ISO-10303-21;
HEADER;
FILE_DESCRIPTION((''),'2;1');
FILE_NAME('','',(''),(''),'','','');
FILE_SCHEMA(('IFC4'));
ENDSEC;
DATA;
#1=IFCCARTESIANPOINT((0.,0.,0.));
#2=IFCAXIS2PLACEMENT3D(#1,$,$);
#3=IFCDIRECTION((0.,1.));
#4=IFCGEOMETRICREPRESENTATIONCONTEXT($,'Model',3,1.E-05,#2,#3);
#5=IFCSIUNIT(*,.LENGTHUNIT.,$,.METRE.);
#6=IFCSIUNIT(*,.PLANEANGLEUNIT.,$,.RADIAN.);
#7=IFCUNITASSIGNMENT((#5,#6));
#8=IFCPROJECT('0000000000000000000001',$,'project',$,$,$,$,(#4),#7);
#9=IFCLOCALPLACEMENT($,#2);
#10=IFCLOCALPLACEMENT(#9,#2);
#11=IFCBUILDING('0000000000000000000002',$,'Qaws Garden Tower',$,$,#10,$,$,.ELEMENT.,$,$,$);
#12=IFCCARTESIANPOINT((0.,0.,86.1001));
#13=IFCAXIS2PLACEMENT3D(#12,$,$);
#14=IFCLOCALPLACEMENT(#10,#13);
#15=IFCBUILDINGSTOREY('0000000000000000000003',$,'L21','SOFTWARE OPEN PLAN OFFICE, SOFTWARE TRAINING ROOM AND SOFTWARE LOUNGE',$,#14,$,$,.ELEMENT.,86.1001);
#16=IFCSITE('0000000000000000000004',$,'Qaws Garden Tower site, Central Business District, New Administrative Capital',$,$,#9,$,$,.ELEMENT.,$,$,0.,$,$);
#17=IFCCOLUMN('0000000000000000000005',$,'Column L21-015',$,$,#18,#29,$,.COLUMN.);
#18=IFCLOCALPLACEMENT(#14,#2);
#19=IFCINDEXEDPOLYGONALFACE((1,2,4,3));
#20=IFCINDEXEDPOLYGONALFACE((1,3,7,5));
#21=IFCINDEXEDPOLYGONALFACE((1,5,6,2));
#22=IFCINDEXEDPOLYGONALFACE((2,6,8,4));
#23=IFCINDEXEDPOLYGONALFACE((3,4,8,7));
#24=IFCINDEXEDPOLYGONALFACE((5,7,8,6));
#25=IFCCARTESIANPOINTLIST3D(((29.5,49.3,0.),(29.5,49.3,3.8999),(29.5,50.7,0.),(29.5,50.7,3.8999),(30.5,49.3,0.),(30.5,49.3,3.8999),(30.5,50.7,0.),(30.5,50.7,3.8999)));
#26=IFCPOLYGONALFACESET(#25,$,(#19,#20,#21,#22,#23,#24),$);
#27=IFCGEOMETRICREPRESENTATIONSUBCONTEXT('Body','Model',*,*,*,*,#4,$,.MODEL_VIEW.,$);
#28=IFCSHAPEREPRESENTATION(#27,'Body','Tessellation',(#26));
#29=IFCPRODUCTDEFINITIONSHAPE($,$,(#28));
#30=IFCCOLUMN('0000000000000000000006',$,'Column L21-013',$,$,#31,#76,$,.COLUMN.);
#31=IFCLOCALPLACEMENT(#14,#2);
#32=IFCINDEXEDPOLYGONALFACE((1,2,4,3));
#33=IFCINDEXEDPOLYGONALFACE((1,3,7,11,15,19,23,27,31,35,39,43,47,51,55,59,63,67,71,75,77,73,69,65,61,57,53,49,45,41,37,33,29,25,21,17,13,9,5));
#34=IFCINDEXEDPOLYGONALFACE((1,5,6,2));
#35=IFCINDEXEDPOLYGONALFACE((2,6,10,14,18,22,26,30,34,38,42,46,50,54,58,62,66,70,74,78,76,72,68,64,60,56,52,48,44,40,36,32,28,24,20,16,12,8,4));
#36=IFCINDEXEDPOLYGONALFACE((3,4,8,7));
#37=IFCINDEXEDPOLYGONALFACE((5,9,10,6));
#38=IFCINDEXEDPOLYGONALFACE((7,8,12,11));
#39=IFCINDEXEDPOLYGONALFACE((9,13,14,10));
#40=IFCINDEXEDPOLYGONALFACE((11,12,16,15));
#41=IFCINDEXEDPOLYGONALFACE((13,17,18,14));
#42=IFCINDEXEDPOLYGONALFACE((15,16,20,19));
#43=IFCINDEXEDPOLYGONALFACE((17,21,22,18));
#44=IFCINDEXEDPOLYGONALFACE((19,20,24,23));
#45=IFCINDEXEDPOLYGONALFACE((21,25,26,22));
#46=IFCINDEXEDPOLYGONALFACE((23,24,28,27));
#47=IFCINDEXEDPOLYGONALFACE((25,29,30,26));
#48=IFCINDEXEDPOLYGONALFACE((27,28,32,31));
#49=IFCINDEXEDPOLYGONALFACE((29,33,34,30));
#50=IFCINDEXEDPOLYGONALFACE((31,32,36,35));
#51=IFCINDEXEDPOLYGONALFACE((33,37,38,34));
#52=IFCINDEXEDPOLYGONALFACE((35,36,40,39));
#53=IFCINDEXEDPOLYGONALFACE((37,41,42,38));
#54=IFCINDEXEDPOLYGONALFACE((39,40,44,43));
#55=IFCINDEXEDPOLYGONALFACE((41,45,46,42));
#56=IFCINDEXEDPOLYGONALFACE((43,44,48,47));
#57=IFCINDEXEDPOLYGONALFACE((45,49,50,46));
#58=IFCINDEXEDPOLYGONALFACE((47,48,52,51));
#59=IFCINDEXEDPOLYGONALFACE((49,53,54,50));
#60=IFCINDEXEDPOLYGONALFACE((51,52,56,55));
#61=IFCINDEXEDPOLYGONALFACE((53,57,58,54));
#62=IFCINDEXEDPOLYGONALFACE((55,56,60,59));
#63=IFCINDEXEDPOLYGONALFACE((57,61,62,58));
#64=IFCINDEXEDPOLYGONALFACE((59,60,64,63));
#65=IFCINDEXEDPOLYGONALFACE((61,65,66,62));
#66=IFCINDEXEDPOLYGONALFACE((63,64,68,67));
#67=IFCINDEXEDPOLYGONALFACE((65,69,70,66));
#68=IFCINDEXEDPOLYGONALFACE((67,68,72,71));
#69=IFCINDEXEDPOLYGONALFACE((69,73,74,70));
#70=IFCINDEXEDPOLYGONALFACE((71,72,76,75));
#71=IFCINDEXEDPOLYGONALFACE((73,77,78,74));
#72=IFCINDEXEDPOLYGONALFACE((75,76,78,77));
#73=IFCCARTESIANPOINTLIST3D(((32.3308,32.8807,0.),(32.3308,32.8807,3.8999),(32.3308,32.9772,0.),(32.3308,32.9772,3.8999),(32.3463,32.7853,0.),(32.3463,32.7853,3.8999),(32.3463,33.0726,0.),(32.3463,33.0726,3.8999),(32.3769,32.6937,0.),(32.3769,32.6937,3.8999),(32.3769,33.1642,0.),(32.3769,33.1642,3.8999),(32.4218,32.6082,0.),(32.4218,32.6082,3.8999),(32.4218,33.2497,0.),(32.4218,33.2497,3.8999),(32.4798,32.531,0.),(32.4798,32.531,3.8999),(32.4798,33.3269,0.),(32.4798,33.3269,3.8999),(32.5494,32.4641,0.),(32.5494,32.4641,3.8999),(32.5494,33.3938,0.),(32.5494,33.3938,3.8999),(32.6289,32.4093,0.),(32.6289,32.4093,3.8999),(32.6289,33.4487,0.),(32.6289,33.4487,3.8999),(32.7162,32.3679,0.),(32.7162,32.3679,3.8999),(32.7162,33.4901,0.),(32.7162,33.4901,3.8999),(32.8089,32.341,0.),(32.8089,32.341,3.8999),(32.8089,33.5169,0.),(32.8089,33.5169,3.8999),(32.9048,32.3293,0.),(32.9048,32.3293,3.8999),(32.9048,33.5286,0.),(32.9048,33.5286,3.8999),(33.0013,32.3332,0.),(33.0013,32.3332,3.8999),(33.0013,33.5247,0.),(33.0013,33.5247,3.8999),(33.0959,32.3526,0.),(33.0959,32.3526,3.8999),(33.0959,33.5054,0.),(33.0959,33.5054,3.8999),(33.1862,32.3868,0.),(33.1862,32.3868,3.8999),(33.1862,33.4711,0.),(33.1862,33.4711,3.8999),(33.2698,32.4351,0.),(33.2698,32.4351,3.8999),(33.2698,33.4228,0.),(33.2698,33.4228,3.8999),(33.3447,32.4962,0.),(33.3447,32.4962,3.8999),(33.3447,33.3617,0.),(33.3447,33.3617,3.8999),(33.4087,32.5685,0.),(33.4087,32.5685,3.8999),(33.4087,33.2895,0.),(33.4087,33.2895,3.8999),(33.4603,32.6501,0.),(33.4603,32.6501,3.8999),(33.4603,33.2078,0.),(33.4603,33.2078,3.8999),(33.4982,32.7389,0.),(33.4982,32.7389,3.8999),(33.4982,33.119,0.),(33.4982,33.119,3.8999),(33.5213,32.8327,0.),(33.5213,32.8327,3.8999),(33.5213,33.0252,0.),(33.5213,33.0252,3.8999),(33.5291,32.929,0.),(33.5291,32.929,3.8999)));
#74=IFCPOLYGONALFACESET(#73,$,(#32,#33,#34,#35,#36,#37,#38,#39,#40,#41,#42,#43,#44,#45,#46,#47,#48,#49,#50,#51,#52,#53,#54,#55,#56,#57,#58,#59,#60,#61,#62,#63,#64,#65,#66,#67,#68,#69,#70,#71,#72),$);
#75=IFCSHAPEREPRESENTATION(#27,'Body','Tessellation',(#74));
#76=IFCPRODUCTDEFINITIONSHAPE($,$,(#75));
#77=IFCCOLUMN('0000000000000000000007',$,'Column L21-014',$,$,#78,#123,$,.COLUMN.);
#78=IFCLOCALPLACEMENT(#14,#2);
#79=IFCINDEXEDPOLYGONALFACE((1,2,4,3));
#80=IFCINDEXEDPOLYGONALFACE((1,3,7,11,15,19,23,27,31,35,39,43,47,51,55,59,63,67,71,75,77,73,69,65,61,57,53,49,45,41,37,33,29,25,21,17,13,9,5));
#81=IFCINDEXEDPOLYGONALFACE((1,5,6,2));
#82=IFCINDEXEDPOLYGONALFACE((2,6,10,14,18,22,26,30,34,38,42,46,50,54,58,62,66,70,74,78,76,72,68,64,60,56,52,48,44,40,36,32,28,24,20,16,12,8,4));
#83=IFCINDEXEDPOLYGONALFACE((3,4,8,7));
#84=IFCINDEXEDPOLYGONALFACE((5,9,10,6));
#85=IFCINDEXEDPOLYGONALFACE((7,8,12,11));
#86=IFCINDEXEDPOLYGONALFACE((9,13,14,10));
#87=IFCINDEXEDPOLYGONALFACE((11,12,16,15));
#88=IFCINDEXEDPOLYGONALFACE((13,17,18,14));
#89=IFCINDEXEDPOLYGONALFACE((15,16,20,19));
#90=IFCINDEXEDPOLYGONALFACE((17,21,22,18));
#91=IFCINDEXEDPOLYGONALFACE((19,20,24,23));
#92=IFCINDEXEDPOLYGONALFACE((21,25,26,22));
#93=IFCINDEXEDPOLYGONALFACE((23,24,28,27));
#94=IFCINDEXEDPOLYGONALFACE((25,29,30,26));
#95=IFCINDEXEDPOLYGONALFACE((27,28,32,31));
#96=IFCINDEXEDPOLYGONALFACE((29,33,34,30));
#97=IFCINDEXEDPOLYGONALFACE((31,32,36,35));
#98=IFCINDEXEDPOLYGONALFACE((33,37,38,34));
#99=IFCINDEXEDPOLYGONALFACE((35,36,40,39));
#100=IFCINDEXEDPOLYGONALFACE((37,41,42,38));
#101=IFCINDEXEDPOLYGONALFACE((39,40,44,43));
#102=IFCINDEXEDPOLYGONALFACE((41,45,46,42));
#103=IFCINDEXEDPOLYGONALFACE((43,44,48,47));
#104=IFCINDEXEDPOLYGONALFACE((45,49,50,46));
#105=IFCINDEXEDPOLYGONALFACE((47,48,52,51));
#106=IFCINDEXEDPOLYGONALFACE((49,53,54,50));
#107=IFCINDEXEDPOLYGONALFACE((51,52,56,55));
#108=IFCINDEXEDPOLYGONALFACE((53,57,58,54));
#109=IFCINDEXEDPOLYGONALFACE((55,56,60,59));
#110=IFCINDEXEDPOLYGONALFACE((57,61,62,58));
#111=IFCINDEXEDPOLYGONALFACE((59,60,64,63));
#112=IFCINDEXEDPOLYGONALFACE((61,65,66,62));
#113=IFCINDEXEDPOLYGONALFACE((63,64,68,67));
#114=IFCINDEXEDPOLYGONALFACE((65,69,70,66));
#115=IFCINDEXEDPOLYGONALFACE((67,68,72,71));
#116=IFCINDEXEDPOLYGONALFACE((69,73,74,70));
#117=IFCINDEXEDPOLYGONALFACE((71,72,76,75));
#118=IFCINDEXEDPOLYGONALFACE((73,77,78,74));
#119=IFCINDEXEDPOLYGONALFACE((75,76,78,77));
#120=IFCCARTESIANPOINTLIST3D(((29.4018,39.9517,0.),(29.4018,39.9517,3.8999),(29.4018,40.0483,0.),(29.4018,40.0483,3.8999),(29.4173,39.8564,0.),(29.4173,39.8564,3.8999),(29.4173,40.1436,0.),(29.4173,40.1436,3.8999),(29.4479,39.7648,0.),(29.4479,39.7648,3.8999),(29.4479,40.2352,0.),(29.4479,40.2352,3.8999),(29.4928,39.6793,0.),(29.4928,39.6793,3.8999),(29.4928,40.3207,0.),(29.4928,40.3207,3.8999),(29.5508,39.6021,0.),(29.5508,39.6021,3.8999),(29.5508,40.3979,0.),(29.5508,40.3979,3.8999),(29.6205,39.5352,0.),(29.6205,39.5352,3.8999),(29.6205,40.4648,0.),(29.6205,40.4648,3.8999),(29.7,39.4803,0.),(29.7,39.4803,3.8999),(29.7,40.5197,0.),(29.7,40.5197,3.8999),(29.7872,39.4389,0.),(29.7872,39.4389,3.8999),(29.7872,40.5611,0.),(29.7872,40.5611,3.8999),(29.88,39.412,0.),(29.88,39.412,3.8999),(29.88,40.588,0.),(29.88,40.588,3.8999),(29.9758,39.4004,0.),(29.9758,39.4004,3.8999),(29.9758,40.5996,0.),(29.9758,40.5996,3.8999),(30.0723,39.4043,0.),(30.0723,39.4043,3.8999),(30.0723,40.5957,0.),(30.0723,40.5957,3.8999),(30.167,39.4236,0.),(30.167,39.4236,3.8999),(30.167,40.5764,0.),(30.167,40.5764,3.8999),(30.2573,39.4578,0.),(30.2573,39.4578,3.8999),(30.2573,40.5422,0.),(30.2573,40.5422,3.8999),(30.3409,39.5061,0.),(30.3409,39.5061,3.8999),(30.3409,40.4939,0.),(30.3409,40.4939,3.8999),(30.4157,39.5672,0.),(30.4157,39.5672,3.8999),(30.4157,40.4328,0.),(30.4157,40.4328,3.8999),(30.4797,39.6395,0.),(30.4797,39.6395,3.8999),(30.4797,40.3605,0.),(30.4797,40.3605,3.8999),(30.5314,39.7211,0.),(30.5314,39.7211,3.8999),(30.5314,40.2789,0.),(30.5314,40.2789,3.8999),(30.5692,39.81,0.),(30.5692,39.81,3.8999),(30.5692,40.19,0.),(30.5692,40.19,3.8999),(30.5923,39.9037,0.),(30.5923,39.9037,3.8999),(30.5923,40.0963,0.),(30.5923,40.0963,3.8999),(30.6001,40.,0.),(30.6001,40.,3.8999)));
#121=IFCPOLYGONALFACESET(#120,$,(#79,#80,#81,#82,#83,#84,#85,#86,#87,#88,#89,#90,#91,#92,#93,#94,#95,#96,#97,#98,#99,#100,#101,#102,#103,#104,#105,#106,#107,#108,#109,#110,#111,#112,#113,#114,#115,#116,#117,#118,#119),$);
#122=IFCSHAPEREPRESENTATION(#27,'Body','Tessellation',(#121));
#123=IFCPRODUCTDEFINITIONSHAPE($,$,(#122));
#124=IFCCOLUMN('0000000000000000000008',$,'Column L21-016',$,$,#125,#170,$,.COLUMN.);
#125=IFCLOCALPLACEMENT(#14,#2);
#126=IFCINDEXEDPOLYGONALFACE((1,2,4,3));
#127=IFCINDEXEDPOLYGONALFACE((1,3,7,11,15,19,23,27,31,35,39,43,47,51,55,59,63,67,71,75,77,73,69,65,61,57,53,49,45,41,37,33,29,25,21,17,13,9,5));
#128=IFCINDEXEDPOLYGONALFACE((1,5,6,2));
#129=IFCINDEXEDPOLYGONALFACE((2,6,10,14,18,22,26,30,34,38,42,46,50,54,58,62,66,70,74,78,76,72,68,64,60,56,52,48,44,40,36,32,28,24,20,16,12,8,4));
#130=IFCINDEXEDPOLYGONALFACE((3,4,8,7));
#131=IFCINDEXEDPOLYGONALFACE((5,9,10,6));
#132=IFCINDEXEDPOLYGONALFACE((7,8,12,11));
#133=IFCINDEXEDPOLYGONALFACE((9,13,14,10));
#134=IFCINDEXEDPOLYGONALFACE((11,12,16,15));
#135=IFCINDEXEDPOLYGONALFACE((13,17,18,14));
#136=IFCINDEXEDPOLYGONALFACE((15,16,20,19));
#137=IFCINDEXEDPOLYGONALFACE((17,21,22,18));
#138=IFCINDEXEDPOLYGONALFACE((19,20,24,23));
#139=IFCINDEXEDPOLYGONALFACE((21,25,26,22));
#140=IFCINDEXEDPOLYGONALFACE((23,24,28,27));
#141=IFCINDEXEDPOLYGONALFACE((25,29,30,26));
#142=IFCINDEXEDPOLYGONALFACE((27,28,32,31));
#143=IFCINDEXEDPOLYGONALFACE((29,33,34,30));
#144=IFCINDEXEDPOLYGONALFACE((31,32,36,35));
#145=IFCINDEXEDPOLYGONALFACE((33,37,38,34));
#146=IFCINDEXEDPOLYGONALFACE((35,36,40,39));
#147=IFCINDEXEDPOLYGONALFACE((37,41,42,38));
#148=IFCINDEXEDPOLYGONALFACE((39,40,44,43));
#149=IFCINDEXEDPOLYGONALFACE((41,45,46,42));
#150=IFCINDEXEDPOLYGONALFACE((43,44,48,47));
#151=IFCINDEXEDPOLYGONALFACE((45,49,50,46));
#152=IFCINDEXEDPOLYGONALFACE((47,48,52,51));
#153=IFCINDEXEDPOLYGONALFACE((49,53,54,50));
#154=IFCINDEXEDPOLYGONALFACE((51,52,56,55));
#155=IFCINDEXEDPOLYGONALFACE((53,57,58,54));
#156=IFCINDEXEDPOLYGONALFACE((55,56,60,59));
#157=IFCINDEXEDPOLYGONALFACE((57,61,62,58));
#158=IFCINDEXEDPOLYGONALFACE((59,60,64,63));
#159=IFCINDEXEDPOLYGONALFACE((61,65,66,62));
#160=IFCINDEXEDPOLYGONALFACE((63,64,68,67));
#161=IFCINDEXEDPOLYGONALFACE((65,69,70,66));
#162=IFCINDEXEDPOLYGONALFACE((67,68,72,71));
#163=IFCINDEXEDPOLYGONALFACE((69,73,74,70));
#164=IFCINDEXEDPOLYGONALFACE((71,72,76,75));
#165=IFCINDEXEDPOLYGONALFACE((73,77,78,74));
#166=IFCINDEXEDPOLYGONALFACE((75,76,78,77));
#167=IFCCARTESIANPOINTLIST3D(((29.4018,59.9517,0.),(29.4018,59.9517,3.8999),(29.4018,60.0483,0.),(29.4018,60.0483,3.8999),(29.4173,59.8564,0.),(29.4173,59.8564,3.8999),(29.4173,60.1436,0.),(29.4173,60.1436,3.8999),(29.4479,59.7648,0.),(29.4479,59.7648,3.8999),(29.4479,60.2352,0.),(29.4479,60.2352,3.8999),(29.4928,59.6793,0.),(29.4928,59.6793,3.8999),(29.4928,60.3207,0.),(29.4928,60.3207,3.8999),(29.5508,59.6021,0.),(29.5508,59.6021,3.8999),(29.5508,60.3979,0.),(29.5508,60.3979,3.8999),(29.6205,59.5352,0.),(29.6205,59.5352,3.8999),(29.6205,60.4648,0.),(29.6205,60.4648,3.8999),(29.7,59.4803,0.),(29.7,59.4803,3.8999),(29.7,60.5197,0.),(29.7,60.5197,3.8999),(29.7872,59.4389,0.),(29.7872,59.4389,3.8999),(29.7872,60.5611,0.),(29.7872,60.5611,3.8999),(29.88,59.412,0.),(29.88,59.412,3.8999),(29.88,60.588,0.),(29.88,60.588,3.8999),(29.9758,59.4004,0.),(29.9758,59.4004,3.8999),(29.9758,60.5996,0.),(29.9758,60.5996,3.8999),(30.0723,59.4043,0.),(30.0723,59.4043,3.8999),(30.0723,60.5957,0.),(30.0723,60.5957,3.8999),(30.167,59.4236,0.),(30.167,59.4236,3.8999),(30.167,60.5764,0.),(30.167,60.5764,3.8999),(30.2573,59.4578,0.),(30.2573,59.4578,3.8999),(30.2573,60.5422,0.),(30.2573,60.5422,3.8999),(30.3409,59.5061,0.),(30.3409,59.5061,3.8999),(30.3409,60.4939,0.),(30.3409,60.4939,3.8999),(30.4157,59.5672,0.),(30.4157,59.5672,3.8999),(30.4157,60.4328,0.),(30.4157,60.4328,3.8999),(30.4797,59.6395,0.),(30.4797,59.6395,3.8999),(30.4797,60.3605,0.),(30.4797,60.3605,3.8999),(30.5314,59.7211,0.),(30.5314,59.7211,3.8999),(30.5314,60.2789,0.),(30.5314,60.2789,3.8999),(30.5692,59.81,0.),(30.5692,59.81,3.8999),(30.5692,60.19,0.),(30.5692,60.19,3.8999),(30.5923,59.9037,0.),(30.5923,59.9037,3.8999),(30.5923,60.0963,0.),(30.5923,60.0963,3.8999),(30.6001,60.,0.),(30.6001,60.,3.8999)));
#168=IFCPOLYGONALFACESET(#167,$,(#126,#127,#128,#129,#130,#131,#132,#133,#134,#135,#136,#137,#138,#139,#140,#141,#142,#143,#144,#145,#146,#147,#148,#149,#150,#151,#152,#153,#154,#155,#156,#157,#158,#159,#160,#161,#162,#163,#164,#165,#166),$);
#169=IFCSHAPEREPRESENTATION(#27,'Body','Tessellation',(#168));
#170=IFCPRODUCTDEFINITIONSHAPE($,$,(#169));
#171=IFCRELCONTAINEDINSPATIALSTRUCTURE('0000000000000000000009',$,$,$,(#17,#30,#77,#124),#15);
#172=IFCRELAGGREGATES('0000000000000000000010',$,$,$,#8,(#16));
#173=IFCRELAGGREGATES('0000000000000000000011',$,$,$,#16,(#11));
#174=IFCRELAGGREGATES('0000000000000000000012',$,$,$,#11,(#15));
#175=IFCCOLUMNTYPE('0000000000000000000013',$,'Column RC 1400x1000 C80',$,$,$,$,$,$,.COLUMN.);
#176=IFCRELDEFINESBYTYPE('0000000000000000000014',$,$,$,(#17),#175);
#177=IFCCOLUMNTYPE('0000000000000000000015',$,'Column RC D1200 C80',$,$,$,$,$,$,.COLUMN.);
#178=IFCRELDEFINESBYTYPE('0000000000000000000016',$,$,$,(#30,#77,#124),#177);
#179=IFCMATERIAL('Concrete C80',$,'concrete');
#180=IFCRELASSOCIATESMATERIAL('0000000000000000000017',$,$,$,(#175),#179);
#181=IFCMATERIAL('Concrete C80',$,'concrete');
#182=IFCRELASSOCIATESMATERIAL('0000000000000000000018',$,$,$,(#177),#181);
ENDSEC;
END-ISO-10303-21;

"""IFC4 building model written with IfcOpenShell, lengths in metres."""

from ifc_helpers import new_model, si_unit, direction, frame, origin, origin_2d, place, context, subcontext, project, spatial, rectangle, circle, extrude, material, material_profile, profile_set, type_object, element, save


model = new_model("IFC4")

# Units and contexts
model_context = context("Model", 3, precision=1e-05, world=origin(), true_north=direction((0.0, 1.0)))
body_context = subcontext(model_context, "Body", "Model", "MODEL_VIEW")
ifc_project = project(units=[si_unit("LENGTHUNIT", "METRE"), si_unit("PLANEANGLEUNIT", "RADIAN")], contexts=[model_context])

# Site, building, storey
site_placement = place(None, origin())
site = spatial("IfcSite", under=ifc_project, at=site_placement, Name="Qaws Garden Tower site, Central Business District, New Administrative Capital", CompositionType="ELEMENT", RefElevation=0.0)
building_placement = place(site_placement, origin())
building = spatial("IfcBuilding", under=site, at=building_placement, Name="Qaws Garden Tower", CompositionType="ELEMENT")
storey_placement = place(building_placement, frame((0.0, 0.0, 86.1001)))
storey = spatial("IfcBuildingStorey", under=building, at=storey_placement, Name="L21", Description="SOFTWARE OPEN PLAN OFFICE, SOFTWARE TRAINING ROOM AND SOFTWARE LOUNGE", CompositionType="ELEMENT", Elevation=86.1001)

# Columns
ifc_material_1 = material(Name="Concrete C80", Category="concrete")
ifc_material_profile_1 = material_profile(ifc_material_1, rectangle(XDim=1.3999, YDim=1.0, at=origin_2d()), Name="RC 1400x1000")
ifc_profile_set_1 = profile_set([ifc_material_profile_1], Name="Concrete C80")
column_type_1 = type_object("IfcColumnType", Name="Column RC 1400x1000 C80", PredefinedType="COLUMN", material=ifc_profile_set_1)
column_placement = place(storey_placement, frame((30.0, 50.0, 0.0), z_axis=(0.0, 0.0, 1.0), x_axis=(0.0, 1.0, 0.0)))
element("IfcColumn", 1, at=column_placement, inside=storey, type_object=column_type_1, Name="Column L21-015", PredefinedType="COLUMN", context=body_context, shape_type="SweptSolid", body=[
    extrude(rectangle(XDim=1.3999, YDim=1.0, at=origin_2d()), origin(), (0.0, 0.0, 1.0), 3.8999),
])
ifc_material_2 = material(Name="Concrete C80", Category="concrete")
ifc_material_profile_2 = material_profile(ifc_material_2, circle(Radius=0.6001, at=origin_2d()), Name="RC D1200")
ifc_profile_set_2 = profile_set([ifc_material_profile_2], Name="Concrete C80")
column_type_2 = type_object("IfcColumnType", Name="Column RC D1200 C80", PredefinedType="COLUMN", material=ifc_profile_set_2)
for number, where, z_axis, x_axis, name in (
    (2, (32.929, 32.929, 0.0), (0.0, 0.0, 1.0), (1.0, 0.0, 0.0), "Column L21-013"),
    (3, (30.0, 40.0, 0.0), (0.0, 0.0, 1.0), (1.0, 0.0, 0.0), "Column L21-014"),
    (4, (30.0, 60.0, 0.0), (0.0, 0.0, 1.0), (1.0, 0.0, 0.0), "Column L21-016"),
):
    element("IfcColumn", number, at=place(storey_placement, frame(where, z_axis=z_axis, x_axis=x_axis)), inside=storey, type_object=column_type_2, Name=name, PredefinedType="COLUMN", context=body_context, shape_type="SweptSolid", body=[
        extrude(circle(Radius=0.6001, at=origin_2d()), origin(), (0.0, 0.0, 1.0), 3.8999),
    ])

save(model, "model.ifc")
